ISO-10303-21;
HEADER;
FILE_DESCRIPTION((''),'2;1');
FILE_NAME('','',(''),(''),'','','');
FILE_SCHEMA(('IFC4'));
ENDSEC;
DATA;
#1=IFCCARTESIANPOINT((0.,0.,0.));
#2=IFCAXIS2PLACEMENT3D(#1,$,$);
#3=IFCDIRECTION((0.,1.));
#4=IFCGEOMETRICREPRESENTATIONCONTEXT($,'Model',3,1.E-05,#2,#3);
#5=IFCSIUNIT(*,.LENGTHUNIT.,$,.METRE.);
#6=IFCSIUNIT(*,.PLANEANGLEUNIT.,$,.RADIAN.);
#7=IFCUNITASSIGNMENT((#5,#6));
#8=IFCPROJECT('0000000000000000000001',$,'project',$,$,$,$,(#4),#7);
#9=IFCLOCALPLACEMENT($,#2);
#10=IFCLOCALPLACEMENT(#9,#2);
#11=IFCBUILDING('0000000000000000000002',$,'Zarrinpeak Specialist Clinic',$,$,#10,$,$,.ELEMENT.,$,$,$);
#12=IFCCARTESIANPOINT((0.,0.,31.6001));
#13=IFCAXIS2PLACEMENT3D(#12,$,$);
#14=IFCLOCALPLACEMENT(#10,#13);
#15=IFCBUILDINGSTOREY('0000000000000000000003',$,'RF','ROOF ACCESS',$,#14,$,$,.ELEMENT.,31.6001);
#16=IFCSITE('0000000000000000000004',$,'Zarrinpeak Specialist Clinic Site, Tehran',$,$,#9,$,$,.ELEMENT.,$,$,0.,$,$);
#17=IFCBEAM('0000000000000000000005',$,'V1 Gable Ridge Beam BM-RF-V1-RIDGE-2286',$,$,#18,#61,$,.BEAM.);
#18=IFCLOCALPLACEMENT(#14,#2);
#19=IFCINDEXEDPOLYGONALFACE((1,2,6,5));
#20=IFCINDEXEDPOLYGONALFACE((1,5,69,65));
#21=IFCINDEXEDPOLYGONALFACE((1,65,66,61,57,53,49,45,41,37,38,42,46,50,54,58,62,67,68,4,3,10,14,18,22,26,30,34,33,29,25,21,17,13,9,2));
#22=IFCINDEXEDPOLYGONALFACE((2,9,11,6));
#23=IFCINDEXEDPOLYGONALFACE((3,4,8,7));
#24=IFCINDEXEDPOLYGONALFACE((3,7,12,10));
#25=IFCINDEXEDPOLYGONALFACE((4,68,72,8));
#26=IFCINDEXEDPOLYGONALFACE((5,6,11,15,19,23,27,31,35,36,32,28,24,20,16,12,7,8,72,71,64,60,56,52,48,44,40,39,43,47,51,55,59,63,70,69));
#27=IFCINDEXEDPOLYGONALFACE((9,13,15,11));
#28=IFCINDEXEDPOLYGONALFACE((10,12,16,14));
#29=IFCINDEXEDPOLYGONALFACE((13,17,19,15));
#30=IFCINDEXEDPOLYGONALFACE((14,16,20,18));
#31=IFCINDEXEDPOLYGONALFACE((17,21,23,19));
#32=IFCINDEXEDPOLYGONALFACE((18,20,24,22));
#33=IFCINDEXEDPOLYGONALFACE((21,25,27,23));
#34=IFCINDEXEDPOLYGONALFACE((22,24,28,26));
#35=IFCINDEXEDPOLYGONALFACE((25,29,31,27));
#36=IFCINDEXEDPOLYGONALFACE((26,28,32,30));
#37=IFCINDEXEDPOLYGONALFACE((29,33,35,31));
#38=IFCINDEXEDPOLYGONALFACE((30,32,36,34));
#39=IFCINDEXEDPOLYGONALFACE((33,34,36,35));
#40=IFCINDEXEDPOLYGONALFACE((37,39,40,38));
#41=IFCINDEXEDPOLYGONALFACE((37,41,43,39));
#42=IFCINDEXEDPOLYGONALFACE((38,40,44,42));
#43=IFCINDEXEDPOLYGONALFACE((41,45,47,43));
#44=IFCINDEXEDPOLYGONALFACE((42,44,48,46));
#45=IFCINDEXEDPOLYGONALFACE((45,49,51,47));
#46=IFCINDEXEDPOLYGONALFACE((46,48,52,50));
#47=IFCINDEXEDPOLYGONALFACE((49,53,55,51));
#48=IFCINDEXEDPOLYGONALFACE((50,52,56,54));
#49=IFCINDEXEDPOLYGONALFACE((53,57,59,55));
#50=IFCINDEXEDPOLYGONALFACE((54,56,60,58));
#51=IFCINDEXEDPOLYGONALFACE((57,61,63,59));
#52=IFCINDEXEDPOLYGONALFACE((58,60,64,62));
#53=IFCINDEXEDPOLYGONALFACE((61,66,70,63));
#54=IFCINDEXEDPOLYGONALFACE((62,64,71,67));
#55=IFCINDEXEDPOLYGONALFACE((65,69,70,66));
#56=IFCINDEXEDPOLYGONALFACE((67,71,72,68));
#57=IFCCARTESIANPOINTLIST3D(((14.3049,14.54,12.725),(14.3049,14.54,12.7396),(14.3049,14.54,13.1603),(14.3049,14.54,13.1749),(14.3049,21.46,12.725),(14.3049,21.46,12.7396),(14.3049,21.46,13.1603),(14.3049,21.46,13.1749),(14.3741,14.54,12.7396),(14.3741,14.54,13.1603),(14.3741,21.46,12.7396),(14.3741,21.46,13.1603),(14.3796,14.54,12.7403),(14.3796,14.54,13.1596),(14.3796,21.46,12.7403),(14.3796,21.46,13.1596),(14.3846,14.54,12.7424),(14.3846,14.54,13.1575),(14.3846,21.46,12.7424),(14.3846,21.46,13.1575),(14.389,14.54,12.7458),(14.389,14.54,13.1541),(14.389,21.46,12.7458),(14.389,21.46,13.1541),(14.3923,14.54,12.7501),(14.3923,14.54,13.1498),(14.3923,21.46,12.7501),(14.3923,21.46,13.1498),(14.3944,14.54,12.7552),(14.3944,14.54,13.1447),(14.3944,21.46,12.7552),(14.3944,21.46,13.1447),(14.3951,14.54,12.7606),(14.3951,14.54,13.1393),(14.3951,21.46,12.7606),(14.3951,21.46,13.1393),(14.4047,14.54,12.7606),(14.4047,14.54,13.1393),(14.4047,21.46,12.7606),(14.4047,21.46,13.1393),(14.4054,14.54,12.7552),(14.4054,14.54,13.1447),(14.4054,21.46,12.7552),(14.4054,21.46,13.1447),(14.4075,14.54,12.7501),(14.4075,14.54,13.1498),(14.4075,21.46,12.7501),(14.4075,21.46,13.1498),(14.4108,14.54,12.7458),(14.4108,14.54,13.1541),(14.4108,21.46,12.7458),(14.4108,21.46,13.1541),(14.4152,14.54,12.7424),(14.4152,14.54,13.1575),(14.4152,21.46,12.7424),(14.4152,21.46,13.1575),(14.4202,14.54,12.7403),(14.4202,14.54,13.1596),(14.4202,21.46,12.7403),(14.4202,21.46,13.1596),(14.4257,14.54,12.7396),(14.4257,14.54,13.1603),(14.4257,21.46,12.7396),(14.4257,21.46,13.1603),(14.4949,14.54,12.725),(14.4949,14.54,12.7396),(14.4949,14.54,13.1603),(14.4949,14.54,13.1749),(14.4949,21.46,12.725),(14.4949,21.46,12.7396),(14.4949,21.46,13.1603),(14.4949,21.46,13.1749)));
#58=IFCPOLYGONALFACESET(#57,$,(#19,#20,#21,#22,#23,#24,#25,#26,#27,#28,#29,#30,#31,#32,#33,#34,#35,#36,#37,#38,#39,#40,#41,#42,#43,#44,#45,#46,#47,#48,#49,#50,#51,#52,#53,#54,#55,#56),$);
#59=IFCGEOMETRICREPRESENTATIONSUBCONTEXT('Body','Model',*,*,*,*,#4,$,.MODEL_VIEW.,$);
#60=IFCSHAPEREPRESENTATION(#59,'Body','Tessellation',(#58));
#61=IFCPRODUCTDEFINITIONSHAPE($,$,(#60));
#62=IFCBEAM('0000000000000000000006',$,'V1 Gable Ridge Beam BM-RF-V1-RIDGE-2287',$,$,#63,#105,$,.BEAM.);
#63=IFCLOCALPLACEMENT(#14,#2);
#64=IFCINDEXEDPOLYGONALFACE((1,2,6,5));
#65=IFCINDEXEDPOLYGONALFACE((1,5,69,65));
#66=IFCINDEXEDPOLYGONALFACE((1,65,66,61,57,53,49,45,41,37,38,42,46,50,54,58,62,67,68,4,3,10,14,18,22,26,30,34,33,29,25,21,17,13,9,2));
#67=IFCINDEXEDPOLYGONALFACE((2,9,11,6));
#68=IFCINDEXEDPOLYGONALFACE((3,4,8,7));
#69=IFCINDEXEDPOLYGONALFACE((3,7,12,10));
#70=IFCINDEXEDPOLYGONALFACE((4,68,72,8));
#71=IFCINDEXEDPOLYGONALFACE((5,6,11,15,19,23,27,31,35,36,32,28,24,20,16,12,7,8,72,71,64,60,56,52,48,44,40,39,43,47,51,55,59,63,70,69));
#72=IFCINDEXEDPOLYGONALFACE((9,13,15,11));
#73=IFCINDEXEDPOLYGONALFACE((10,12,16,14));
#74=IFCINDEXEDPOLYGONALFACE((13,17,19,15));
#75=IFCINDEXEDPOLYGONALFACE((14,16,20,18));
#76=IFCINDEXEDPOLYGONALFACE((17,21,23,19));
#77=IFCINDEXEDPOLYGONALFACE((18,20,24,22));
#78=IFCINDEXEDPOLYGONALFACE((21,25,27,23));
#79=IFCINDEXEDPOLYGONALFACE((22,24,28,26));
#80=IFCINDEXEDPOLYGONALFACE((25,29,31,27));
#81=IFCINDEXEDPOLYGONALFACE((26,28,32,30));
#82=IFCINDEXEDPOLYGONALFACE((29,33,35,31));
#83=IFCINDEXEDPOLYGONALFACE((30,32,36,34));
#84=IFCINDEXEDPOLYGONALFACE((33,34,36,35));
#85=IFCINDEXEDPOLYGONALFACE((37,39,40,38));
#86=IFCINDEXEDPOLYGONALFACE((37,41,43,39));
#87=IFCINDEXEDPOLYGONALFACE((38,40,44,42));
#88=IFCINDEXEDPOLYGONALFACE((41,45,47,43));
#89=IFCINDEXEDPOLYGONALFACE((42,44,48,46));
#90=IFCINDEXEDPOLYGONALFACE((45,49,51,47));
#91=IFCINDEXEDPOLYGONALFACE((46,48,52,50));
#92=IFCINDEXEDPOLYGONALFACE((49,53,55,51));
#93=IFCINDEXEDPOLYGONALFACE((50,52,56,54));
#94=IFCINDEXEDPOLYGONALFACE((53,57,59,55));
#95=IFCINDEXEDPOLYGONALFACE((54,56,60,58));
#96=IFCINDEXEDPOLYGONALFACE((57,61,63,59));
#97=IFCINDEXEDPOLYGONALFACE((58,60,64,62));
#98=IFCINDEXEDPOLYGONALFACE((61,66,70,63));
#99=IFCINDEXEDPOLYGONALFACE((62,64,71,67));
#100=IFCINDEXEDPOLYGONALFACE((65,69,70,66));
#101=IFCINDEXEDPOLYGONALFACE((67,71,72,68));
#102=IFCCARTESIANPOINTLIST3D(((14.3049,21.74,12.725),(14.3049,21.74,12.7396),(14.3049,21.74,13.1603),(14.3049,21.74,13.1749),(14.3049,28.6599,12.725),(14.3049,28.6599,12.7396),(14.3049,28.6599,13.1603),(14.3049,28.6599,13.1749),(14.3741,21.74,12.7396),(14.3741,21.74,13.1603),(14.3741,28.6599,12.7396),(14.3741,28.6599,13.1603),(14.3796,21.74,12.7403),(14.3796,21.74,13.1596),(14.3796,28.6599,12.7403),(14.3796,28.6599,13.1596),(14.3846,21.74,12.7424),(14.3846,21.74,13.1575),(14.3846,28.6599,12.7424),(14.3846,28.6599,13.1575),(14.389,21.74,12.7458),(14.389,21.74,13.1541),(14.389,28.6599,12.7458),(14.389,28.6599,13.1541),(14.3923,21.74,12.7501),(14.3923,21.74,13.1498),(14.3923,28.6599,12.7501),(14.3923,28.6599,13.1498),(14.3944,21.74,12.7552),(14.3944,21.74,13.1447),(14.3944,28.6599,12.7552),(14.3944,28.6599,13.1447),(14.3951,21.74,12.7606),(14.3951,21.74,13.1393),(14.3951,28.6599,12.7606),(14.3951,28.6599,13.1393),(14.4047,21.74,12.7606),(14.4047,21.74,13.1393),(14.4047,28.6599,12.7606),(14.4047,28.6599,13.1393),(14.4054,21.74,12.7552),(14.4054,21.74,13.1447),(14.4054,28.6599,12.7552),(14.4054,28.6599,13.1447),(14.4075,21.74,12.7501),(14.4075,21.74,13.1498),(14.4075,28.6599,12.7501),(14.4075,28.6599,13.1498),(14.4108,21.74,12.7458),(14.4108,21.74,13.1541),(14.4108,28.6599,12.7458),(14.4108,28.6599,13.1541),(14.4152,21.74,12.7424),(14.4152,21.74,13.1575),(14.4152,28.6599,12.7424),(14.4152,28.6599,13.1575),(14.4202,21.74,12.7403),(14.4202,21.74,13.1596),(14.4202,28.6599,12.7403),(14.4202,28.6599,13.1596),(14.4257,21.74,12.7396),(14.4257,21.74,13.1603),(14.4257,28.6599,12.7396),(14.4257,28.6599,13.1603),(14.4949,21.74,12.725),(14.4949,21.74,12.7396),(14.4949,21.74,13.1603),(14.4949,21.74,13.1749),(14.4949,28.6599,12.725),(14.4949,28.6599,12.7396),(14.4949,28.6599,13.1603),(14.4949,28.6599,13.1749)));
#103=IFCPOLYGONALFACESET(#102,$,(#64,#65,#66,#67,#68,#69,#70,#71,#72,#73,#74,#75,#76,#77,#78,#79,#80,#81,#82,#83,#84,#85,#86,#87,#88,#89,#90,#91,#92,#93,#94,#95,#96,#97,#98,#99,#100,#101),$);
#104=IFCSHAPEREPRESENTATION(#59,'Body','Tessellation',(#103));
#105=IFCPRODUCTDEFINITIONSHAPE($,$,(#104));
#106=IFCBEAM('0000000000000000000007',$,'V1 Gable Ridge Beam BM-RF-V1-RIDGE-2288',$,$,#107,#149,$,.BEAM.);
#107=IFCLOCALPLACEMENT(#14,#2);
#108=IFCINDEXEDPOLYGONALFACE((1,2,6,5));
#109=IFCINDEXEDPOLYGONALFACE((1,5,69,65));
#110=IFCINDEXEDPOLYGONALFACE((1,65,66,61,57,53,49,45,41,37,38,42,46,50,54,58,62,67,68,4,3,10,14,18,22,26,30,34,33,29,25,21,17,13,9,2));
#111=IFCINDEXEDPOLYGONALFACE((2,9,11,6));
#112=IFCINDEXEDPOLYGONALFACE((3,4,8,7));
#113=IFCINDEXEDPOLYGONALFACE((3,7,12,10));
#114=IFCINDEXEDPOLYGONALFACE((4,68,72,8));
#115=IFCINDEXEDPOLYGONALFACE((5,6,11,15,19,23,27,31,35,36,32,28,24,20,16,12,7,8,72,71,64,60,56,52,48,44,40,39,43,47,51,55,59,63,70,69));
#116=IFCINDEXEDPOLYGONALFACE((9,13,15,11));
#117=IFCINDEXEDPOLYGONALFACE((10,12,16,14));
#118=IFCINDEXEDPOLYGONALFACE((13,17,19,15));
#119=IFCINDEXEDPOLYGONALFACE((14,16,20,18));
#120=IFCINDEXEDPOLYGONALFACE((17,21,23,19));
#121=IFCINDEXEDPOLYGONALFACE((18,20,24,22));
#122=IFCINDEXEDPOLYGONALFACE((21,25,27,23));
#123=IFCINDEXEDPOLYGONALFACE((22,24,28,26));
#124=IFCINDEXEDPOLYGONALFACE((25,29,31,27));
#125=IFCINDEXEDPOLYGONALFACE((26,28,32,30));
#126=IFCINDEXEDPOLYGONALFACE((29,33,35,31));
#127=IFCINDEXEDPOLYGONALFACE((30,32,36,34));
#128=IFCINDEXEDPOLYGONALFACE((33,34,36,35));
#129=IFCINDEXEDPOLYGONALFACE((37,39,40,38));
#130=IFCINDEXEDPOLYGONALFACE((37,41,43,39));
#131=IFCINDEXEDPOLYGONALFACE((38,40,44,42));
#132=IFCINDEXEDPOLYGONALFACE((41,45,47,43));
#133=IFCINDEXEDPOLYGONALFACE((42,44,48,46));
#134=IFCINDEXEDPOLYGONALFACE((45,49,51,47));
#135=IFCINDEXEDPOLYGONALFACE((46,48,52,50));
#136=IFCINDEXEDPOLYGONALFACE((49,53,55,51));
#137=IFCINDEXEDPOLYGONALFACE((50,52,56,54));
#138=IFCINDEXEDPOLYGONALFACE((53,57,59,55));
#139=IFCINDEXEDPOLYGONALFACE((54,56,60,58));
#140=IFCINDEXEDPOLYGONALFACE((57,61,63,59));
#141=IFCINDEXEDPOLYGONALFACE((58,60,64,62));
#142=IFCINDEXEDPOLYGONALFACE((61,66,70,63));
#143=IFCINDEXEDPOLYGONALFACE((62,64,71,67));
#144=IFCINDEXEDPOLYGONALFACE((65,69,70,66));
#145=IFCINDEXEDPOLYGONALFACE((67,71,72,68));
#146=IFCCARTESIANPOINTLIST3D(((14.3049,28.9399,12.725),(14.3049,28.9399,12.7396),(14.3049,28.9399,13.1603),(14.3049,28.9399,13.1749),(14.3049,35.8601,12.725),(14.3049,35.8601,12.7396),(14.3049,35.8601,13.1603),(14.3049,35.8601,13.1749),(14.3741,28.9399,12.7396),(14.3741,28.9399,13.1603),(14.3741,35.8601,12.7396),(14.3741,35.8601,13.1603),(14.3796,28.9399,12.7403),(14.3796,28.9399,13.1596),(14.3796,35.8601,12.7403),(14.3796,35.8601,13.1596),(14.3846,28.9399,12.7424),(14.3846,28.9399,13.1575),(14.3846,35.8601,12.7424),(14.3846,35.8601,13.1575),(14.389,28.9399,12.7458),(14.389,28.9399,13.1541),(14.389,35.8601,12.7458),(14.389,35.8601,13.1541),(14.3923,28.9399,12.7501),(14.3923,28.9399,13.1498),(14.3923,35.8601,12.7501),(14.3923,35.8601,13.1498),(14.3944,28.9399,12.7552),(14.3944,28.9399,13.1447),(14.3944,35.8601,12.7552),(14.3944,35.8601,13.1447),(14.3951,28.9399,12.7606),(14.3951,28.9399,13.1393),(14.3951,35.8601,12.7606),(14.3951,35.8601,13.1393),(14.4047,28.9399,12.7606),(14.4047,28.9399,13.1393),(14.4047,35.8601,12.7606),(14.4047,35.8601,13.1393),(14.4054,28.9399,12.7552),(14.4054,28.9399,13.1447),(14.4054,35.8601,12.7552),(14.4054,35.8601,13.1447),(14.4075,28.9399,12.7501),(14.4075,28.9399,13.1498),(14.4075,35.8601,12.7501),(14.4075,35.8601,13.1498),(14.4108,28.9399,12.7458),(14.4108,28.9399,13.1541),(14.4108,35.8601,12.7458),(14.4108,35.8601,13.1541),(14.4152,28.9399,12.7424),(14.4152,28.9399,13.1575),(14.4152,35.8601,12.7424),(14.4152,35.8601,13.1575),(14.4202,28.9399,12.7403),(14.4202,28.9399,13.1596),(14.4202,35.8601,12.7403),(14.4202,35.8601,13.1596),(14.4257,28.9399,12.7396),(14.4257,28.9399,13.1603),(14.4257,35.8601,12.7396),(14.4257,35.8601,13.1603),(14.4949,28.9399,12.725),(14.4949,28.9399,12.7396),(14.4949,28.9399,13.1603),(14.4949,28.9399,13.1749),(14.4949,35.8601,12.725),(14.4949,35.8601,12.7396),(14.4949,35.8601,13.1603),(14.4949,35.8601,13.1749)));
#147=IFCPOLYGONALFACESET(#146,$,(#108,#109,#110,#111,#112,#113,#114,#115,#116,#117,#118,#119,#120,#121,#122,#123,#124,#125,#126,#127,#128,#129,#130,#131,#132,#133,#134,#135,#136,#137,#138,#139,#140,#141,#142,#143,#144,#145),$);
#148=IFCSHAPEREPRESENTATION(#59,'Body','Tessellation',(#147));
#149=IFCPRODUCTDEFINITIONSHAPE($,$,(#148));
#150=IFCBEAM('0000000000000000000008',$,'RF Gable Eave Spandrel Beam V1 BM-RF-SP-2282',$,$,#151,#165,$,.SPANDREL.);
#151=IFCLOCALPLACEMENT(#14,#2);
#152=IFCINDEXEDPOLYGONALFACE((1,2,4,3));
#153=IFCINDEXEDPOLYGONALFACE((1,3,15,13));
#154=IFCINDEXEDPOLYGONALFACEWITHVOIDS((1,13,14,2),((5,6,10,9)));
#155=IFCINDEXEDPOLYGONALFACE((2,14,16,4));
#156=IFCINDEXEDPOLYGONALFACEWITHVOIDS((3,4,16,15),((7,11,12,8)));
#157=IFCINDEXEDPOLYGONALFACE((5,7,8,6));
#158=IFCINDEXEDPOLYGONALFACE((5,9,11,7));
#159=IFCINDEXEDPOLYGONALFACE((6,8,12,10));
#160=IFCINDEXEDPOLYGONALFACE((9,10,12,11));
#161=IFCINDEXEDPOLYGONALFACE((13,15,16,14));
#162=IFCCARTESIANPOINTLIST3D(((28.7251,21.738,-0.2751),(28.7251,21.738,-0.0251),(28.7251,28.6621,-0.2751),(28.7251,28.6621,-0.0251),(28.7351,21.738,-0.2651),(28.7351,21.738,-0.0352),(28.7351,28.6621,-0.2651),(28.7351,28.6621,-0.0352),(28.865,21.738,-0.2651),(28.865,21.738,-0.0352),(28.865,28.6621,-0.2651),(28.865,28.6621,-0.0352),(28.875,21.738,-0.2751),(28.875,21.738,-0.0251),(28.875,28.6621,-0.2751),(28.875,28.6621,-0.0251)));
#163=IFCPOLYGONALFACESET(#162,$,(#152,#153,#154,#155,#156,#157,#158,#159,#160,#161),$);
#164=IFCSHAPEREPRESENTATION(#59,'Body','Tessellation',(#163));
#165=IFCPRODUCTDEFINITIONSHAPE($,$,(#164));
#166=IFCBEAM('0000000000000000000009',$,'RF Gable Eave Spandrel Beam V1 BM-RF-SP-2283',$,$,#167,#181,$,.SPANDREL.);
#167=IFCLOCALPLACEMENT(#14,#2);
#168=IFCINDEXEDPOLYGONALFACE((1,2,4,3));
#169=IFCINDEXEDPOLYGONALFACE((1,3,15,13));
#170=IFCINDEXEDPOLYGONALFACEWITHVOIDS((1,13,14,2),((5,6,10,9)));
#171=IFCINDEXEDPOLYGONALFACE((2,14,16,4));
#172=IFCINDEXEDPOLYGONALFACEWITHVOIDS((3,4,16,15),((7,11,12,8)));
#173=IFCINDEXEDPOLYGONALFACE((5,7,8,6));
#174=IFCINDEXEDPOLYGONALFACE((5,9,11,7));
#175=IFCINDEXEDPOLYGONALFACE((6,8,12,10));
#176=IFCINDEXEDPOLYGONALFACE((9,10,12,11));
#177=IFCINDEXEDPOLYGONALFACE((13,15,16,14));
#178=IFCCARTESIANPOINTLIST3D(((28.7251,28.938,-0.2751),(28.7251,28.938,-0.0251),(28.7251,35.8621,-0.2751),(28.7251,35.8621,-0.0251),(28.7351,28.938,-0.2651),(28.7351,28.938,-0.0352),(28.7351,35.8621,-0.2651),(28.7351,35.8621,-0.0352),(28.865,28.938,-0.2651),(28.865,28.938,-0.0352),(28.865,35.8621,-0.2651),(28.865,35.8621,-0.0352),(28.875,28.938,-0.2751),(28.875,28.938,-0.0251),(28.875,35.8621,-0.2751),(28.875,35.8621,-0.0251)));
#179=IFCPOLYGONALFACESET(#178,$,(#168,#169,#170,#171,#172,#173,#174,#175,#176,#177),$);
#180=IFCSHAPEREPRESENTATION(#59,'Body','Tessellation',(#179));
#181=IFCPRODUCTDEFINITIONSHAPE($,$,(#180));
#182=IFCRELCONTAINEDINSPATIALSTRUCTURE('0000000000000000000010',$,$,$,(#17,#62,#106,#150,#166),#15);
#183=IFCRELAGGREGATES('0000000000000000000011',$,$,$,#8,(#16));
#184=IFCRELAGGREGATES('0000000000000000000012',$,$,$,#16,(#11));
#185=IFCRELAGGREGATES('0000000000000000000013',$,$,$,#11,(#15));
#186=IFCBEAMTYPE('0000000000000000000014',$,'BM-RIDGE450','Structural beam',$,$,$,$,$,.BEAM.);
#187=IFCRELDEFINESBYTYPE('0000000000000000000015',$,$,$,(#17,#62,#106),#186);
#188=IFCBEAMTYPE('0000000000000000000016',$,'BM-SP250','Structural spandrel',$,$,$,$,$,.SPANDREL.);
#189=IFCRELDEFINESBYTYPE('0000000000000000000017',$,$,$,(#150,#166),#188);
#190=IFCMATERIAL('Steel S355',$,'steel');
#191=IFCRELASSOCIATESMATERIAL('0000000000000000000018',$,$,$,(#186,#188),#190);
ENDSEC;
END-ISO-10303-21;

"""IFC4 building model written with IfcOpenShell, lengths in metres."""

from ifc_helpers import new_model, si_unit, direction, frame, origin, origin_2d, place, context, subcontext, project, spatial, hollow_rectangle, i_section, extrude, material, material_profile, profile_set, type_object, element, save


model = new_model("IFC4")

# Units and contexts
model_context = context("Model", 3, precision=1e-05, world=origin(), true_north=direction((0.0, 1.0)))
body_context = subcontext(model_context, "Body", "Model", "MODEL_VIEW")
ifc_project = project(units=[si_unit("LENGTHUNIT", "METRE"), si_unit("PLANEANGLEUNIT", "RADIAN")], contexts=[model_context])

# Site, building, storey
site_placement = place(None, origin())
site = spatial("IfcSite", under=ifc_project, at=site_placement, Name="Zarrinpeak Specialist Clinic Site, Tehran", CompositionType="ELEMENT", RefElevation=0.0)
building_placement = place(site_placement, origin())
building = spatial("IfcBuilding", under=site, at=building_placement, Name="Zarrinpeak Specialist Clinic", CompositionType="ELEMENT")
storey_placement = place(building_placement, frame((0.0, 0.0, 31.6001)))
storey = spatial("IfcBuildingStorey", under=building, at=storey_placement, Name="RF", Description="ROOF ACCESS", CompositionType="ELEMENT", Elevation=31.6001)

# Shared definitions
ifc_material_1 = material(Name="Steel S355", Category="steel")

# Beams
ifc_material_profile_1 = material_profile(ifc_material_1, i_section(OverallWidth=0.1899, OverallDepth=0.45, WebThickness=0.0095, FlangeThickness=0.0146, FilletRadius=0.021, at=origin_2d()), Name="IPE 450")
ifc_profile_set_1 = profile_set([ifc_material_profile_1], Name="Steel S355")
beam_type_1 = type_object("IfcBeamType", Name="BM-RIDGE450", Description="Structural beam", PredefinedType="BEAM", material=ifc_profile_set_1)
for number, where, z_axis, x_axis, name in (
    (1, (14.3999, 14.54, 12.95), (0.0, 1.0, 0.0), (-1.0, 0.0, 0.0), "V1 Gable Ridge Beam BM-RF-V1-RIDGE-2286"),
    (2, (14.3999, 21.74, 12.95), (0.0, 1.0, 0.0), (-1.0, 0.0, 0.0), "V1 Gable Ridge Beam BM-RF-V1-RIDGE-2287"),
):
    element("IfcBeam", number, at=place(storey_placement, frame(where, z_axis=z_axis, x_axis=x_axis)), inside=storey, type_object=beam_type_1, Name=name, PredefinedType="BEAM", context=body_context, shape_type="SweptSolid", body=[
        extrude(i_section(OverallWidth=0.1899, OverallDepth=0.45, WebThickness=0.0095, FlangeThickness=0.0146, FilletRadius=0.021, at=origin_2d()), origin(), (0.0, 0.0, 1.0), 6.9199),
    ])
beam_1_placement = place(storey_placement, frame((14.3999, 28.9399, 12.95), z_axis=(0.0, 1.0, 0.0), x_axis=(-1.0, 0.0, 0.0)))
element("IfcBeam", 3, at=beam_1_placement, inside=storey, type_object=beam_type_1, Name="V1 Gable Ridge Beam BM-RF-V1-RIDGE-2288", PredefinedType="BEAM", context=body_context, shape_type="SweptSolid", body=[
    extrude(i_section(OverallWidth=0.1899, OverallDepth=0.45, WebThickness=0.0095, FlangeThickness=0.0146, FilletRadius=0.021, at=origin_2d()), origin(), (0.0, 0.0, 1.0), 6.9202),
])
ifc_material_profile_2 = material_profile(ifc_material_1, hollow_rectangle(XDim=0.1499, YDim=0.25, WallThickness=0.01, at=origin_2d()), Name="RHS 250x150x10.0")
ifc_profile_set_2 = profile_set([ifc_material_profile_2], Name="Steel S355")
beam_type_2 = type_object("IfcBeamType", Name="BM-SP250", Description="Structural spandrel", PredefinedType="SPANDREL", material=ifc_profile_set_2)
for number, where, z_axis, x_axis, name in (
    (4, (28.8, 21.738, -0.1501), (0.0, 1.0, 0.0), (-1.0, 0.0, 0.0), "RF Gable Eave Spandrel Beam V1 BM-RF-SP-2282"),
    (5, (28.8, 28.938, -0.1501), (0.0, 1.0, 0.0), (-1.0, 0.0, 0.0), "RF Gable Eave Spandrel Beam V1 BM-RF-SP-2283"),
):
    element("IfcBeam", number, at=place(storey_placement, frame(where, z_axis=z_axis, x_axis=x_axis)), inside=storey, type_object=beam_type_2, Name=name, PredefinedType="SPANDREL", context=body_context, shape_type="SweptSolid", body=[
        extrude(hollow_rectangle(XDim=0.1499, YDim=0.25, WallThickness=0.01, at=origin_2d()), origin(), (0.0, 0.0, 1.0), 6.9241),
    ])

save(model, "model.ifc")
